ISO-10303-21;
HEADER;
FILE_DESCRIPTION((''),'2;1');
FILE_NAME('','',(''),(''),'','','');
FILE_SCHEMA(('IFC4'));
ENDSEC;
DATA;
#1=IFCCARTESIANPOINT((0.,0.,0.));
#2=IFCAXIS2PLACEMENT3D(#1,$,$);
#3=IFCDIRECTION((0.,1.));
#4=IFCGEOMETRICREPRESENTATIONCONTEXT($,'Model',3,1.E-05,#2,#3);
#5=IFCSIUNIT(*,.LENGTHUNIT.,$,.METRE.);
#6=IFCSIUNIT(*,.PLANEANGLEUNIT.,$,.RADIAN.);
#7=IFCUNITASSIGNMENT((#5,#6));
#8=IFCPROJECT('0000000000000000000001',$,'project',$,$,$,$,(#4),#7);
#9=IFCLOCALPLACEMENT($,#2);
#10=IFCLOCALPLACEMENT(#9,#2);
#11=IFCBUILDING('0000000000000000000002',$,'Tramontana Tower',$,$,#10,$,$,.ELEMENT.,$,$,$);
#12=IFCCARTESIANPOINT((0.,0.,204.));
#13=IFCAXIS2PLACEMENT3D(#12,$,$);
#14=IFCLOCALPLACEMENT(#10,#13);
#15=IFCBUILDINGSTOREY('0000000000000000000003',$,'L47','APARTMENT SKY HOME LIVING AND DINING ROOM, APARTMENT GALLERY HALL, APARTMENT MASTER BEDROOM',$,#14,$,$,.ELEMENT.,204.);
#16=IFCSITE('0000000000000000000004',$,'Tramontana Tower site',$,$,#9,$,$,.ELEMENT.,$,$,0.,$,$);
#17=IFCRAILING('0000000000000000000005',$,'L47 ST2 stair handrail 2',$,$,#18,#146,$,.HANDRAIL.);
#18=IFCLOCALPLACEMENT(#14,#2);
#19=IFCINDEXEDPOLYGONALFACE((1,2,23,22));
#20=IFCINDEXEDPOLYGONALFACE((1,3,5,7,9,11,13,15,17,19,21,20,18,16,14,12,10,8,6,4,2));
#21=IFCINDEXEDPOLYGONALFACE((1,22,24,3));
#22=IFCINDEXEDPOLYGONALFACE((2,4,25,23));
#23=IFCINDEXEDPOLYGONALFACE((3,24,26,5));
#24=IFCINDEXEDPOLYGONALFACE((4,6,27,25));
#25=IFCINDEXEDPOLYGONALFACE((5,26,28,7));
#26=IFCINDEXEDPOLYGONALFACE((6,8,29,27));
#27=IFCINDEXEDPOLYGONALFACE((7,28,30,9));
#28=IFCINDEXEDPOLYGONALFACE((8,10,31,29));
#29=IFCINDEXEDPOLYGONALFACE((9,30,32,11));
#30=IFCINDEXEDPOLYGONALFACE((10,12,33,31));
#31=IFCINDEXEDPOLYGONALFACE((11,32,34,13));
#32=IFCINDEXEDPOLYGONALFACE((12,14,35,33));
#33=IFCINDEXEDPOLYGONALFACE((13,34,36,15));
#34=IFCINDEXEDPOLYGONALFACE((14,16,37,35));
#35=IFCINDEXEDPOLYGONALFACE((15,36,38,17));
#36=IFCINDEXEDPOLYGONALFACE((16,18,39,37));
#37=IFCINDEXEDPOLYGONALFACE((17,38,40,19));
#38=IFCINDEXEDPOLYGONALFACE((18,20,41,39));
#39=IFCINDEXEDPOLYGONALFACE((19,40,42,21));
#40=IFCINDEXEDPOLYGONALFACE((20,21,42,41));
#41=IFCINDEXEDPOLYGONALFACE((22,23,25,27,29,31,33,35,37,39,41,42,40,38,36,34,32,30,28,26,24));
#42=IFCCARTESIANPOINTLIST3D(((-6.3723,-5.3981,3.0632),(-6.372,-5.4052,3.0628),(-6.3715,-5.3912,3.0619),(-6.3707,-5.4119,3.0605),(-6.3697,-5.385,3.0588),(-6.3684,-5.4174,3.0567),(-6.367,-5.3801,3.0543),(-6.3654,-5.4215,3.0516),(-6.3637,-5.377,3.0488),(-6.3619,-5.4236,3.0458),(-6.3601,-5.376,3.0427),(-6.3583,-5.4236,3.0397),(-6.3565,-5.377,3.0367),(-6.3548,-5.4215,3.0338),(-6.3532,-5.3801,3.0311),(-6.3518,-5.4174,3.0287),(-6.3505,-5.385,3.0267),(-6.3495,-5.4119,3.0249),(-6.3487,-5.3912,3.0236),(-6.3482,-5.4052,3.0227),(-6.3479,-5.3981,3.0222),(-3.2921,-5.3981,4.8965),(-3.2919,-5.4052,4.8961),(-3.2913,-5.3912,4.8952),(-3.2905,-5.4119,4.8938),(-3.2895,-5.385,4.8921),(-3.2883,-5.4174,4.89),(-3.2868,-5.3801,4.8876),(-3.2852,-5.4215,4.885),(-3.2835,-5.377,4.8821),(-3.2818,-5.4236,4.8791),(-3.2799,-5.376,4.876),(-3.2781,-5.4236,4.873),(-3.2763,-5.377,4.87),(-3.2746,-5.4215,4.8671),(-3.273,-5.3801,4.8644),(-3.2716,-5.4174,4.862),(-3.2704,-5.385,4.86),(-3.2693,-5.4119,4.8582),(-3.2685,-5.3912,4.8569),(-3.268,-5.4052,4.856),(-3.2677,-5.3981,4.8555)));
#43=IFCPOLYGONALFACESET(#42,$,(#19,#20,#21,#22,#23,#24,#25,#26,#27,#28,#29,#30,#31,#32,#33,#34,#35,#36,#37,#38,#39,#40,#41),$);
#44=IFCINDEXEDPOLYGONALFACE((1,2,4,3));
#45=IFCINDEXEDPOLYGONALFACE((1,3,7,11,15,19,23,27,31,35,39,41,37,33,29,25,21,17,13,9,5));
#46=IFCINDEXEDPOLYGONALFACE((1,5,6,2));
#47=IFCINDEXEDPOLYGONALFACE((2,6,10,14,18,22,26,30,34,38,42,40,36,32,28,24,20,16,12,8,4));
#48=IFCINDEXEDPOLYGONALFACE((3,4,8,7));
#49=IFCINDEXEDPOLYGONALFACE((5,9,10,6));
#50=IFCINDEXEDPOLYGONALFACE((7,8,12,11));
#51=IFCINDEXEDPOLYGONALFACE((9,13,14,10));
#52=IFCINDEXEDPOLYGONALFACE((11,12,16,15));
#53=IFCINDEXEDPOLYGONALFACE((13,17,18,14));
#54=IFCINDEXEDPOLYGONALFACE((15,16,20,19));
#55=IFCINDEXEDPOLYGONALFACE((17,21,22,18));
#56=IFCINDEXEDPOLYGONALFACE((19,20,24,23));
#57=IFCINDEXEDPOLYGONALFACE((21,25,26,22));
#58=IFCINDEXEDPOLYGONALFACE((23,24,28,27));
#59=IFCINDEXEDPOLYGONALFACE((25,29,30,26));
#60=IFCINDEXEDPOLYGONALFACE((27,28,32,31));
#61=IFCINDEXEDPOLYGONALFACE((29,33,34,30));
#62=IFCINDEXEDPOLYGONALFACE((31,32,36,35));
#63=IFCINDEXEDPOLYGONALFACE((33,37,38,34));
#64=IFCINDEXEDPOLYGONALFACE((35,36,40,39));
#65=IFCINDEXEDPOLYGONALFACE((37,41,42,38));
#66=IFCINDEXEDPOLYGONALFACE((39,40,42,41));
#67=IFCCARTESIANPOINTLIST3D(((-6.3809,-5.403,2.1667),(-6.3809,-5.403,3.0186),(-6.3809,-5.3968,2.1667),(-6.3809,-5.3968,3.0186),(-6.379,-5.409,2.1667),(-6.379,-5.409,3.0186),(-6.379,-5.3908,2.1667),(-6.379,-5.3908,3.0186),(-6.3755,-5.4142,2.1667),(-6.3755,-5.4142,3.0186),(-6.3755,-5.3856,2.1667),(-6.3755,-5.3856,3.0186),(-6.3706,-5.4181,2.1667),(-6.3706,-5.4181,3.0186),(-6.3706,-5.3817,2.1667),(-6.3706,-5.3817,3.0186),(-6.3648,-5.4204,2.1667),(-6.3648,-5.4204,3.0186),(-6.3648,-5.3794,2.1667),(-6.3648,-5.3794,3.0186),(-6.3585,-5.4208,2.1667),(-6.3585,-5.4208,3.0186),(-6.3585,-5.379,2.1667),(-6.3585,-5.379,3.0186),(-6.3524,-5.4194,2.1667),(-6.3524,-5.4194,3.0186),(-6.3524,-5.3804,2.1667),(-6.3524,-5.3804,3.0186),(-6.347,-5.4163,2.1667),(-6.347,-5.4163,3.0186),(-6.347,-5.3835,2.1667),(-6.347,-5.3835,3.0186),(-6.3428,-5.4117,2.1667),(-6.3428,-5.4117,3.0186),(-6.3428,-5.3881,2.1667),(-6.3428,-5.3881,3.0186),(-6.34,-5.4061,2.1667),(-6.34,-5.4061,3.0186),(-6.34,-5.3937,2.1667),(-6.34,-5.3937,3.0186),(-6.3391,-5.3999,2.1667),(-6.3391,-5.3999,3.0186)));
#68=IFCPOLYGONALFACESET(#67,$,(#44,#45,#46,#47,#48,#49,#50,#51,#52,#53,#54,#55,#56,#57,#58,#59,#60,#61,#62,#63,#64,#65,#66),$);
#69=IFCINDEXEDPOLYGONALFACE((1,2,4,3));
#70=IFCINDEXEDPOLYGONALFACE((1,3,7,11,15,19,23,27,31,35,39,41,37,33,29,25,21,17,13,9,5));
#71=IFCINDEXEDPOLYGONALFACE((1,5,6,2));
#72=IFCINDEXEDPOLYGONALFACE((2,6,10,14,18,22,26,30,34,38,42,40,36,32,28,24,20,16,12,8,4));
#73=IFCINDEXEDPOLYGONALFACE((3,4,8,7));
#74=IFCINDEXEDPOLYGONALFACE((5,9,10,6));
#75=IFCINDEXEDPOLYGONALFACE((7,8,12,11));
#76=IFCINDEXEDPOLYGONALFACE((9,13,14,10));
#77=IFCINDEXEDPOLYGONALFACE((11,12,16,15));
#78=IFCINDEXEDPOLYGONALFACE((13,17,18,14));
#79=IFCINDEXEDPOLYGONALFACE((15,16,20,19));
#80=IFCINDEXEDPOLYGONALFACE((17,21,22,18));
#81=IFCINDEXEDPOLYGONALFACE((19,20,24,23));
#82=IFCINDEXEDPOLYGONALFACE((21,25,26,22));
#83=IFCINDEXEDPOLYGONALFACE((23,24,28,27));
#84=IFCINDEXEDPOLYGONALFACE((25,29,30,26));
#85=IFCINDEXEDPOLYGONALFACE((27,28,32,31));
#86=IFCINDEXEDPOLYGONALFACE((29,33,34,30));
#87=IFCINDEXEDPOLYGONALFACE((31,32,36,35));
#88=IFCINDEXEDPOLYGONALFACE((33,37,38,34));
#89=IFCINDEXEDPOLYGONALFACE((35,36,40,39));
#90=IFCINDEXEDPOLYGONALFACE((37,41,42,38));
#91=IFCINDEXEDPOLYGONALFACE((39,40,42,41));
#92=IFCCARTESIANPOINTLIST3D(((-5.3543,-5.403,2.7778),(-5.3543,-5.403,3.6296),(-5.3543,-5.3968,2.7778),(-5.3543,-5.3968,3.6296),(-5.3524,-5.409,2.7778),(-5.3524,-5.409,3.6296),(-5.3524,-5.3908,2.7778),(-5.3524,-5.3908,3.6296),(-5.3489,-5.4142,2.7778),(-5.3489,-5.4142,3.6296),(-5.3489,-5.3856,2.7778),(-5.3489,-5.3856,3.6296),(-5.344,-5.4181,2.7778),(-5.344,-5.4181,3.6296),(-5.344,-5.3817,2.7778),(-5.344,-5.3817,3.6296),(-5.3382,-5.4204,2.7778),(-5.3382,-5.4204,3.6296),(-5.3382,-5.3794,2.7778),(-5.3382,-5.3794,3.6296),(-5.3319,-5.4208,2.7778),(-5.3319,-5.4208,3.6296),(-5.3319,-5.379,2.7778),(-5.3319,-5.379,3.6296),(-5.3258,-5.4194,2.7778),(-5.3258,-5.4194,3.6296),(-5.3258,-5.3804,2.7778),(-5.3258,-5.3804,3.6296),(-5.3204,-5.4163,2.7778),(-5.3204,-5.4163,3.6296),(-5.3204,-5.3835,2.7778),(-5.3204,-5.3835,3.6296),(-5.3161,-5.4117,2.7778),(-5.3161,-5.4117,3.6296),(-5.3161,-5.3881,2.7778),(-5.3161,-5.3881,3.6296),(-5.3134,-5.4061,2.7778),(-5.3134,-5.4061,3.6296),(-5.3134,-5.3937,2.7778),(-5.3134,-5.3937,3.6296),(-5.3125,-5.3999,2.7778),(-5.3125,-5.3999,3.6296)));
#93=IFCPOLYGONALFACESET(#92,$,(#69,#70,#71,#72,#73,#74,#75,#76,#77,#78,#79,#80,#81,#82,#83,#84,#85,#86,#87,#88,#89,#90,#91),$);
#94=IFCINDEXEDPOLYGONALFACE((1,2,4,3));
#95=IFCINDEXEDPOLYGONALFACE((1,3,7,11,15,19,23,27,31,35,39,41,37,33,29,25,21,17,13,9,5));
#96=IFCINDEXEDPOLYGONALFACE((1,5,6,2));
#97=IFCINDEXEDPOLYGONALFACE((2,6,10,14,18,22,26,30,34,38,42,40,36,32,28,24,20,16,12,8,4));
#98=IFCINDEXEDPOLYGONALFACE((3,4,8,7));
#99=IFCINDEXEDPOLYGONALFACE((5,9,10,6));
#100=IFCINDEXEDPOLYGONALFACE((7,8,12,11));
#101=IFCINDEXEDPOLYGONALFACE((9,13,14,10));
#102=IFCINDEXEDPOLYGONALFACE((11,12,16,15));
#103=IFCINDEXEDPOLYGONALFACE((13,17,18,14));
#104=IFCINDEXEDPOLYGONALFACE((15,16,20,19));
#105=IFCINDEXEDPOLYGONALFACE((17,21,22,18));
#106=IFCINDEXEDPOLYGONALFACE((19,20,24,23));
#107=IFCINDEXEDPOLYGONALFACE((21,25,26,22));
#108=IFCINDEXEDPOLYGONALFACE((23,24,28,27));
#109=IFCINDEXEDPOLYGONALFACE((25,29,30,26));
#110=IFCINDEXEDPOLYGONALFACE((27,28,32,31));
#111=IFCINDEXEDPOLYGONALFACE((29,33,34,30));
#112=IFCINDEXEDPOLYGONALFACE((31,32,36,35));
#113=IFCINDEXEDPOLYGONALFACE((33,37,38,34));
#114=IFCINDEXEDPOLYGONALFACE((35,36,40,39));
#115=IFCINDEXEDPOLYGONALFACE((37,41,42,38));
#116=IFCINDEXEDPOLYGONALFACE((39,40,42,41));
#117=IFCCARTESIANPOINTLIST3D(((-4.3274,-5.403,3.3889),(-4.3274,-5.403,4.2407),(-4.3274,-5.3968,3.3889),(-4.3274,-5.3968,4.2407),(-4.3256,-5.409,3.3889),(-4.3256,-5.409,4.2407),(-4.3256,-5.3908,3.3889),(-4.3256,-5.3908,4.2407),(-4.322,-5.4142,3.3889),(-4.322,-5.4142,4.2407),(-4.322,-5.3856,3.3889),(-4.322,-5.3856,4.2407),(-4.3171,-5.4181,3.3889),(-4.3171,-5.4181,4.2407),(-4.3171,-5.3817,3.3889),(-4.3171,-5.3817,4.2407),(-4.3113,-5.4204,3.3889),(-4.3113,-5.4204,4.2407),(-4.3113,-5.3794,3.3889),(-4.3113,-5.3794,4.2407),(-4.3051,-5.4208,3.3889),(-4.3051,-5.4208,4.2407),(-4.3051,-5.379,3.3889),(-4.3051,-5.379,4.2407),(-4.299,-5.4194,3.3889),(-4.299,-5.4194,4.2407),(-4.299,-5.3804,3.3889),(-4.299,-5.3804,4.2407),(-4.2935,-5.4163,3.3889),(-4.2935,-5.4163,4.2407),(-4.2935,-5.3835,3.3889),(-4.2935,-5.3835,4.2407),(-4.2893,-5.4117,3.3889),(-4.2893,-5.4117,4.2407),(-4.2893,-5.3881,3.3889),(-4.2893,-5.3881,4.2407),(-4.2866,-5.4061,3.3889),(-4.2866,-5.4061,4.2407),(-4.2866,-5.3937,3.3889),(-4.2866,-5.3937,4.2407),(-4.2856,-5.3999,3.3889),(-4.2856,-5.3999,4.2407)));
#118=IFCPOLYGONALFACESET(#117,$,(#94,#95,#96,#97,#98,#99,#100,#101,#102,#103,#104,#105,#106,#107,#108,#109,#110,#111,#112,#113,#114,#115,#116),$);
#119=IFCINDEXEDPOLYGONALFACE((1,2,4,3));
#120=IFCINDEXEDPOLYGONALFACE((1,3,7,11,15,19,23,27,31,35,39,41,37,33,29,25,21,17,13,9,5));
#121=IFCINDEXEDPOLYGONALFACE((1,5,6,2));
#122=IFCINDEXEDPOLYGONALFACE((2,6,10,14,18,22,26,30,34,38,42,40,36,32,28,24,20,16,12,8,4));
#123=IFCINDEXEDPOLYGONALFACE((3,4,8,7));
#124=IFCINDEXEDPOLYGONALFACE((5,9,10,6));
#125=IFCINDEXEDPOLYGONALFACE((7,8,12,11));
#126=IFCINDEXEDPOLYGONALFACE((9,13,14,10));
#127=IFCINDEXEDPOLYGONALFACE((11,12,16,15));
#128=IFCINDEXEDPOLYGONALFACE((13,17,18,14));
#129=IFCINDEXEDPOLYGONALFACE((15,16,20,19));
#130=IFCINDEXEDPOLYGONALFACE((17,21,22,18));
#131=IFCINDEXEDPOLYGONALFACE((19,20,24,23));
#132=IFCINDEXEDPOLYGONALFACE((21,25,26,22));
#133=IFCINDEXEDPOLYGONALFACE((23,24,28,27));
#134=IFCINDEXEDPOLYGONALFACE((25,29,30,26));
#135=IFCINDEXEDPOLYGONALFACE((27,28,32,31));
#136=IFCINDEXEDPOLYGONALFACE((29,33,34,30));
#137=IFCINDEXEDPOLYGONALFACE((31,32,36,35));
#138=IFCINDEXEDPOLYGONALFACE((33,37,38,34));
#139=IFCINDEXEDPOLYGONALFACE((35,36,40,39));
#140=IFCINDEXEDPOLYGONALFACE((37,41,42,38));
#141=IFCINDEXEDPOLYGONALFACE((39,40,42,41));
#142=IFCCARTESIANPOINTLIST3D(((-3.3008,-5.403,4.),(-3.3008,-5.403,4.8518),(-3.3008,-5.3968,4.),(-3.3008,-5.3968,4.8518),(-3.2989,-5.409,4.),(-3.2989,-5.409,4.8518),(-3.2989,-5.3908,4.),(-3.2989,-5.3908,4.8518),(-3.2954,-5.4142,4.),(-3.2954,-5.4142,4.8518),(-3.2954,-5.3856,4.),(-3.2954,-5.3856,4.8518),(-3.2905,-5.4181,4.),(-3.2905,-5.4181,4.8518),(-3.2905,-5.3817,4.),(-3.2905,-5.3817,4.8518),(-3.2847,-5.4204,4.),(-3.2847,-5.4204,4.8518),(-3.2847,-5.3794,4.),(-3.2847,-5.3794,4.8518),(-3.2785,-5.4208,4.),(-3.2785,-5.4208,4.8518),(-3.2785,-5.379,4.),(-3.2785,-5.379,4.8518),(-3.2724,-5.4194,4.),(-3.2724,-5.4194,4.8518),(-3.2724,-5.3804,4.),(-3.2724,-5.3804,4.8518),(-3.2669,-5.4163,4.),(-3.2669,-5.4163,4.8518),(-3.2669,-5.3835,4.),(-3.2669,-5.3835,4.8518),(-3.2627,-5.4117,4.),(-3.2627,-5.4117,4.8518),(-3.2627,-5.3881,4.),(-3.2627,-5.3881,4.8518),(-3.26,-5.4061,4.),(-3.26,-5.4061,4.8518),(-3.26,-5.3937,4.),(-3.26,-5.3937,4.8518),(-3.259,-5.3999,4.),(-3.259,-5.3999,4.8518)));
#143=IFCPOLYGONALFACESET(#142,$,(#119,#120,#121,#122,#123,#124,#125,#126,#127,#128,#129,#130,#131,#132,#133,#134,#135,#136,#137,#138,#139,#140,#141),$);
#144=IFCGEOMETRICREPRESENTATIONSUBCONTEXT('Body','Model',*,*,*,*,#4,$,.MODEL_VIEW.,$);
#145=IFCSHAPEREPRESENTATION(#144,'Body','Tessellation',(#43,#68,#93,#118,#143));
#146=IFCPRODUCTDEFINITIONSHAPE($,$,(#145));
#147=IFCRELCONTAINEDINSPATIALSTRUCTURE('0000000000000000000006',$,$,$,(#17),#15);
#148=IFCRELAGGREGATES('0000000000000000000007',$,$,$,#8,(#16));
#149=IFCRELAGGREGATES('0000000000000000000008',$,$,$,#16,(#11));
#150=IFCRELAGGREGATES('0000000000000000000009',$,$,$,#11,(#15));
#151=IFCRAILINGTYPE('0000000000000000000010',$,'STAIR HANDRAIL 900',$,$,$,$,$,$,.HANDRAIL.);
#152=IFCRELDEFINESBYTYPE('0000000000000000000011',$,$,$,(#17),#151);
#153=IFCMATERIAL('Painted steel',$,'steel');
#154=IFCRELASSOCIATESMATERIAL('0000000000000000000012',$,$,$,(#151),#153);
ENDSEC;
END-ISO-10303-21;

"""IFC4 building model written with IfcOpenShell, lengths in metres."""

from ifc_helpers import new_model, si_unit, direction, frame, origin, origin_2d, place, context, subcontext, project, spatial, circle, extrude, material, type_object, element, save


model = new_model("IFC4")

# Units and contexts
model_context = context("Model", 3, precision=1e-05, world=origin(), true_north=direction((0.0, 1.0)))
body_context = subcontext(model_context, "Body", "Model", "MODEL_VIEW")
ifc_project = project(units=[si_unit("LENGTHUNIT", "METRE"), si_unit("PLANEANGLEUNIT", "RADIAN")], contexts=[model_context])

# Site, building, storey
site_placement = place(None, origin())
site = spatial("IfcSite", under=ifc_project, at=site_placement, Name="Tramontana Tower site", CompositionType="ELEMENT", RefElevation=0.0)
building_placement = place(site_placement, origin())
building = spatial("IfcBuilding", under=site, at=building_placement, Name="Tramontana Tower", CompositionType="ELEMENT")
storey_placement = place(building_placement, frame((0.0, 0.0, 204.0)))
storey = spatial("IfcBuildingStorey", under=building, at=storey_placement, Name="L47", Description="APARTMENT SKY HOME LIVING AND DINING ROOM, APARTMENT GALLERY HALL, APARTMENT MASTER BEDROOM", CompositionType="ELEMENT", Elevation=204.0)

# Railing
ifc_material_1 = material(Name="Painted steel", Category="steel")
railing_type_1 = type_object("IfcRailingType", Name="STAIR HANDRAIL 900", PredefinedType="HANDRAIL", material=ifc_material_1)
railing_1_placement = place(storey_placement, frame((-6.3601, -5.3999, 2.1667)))
element("IfcRailing", 1, at=railing_1_placement, inside=storey, type_object=railing_type_1, Name="L47 ST2 stair handrail 2", PredefinedType="HANDRAIL", context=body_context, shape_type="SweptSolid", body=[
    extrude(circle(Radius=0.0239, at=origin_2d()), frame((0.0, 0.0, 0.876), z_axis=(0.859309, 0.0, 0.511458), x_axis=(0.0, 1.0, 0.0)), (0.0, 0.0, 1.0), 3.5845),
    extrude(circle(Radius=0.021, at=origin_2d()), origin(), (0.0, 0.0, 1.0), 0.8518),
    extrude(circle(Radius=0.021, at=origin_2d()), frame((1.0266, 0.0, 0.6111)), (0.0, 0.0, 1.0), 0.8518),
    extrude(circle(Radius=0.021, at=origin_2d()), frame((2.0535, 0.0, 1.2222)), (0.0, 0.0, 1.0), 0.8518),
    extrude(circle(Radius=0.021, at=origin_2d()), frame((3.0801, 0.0, 1.8333)), (0.0, 0.0, 1.0), 0.8518),
])

save(model, "model.ifc")
